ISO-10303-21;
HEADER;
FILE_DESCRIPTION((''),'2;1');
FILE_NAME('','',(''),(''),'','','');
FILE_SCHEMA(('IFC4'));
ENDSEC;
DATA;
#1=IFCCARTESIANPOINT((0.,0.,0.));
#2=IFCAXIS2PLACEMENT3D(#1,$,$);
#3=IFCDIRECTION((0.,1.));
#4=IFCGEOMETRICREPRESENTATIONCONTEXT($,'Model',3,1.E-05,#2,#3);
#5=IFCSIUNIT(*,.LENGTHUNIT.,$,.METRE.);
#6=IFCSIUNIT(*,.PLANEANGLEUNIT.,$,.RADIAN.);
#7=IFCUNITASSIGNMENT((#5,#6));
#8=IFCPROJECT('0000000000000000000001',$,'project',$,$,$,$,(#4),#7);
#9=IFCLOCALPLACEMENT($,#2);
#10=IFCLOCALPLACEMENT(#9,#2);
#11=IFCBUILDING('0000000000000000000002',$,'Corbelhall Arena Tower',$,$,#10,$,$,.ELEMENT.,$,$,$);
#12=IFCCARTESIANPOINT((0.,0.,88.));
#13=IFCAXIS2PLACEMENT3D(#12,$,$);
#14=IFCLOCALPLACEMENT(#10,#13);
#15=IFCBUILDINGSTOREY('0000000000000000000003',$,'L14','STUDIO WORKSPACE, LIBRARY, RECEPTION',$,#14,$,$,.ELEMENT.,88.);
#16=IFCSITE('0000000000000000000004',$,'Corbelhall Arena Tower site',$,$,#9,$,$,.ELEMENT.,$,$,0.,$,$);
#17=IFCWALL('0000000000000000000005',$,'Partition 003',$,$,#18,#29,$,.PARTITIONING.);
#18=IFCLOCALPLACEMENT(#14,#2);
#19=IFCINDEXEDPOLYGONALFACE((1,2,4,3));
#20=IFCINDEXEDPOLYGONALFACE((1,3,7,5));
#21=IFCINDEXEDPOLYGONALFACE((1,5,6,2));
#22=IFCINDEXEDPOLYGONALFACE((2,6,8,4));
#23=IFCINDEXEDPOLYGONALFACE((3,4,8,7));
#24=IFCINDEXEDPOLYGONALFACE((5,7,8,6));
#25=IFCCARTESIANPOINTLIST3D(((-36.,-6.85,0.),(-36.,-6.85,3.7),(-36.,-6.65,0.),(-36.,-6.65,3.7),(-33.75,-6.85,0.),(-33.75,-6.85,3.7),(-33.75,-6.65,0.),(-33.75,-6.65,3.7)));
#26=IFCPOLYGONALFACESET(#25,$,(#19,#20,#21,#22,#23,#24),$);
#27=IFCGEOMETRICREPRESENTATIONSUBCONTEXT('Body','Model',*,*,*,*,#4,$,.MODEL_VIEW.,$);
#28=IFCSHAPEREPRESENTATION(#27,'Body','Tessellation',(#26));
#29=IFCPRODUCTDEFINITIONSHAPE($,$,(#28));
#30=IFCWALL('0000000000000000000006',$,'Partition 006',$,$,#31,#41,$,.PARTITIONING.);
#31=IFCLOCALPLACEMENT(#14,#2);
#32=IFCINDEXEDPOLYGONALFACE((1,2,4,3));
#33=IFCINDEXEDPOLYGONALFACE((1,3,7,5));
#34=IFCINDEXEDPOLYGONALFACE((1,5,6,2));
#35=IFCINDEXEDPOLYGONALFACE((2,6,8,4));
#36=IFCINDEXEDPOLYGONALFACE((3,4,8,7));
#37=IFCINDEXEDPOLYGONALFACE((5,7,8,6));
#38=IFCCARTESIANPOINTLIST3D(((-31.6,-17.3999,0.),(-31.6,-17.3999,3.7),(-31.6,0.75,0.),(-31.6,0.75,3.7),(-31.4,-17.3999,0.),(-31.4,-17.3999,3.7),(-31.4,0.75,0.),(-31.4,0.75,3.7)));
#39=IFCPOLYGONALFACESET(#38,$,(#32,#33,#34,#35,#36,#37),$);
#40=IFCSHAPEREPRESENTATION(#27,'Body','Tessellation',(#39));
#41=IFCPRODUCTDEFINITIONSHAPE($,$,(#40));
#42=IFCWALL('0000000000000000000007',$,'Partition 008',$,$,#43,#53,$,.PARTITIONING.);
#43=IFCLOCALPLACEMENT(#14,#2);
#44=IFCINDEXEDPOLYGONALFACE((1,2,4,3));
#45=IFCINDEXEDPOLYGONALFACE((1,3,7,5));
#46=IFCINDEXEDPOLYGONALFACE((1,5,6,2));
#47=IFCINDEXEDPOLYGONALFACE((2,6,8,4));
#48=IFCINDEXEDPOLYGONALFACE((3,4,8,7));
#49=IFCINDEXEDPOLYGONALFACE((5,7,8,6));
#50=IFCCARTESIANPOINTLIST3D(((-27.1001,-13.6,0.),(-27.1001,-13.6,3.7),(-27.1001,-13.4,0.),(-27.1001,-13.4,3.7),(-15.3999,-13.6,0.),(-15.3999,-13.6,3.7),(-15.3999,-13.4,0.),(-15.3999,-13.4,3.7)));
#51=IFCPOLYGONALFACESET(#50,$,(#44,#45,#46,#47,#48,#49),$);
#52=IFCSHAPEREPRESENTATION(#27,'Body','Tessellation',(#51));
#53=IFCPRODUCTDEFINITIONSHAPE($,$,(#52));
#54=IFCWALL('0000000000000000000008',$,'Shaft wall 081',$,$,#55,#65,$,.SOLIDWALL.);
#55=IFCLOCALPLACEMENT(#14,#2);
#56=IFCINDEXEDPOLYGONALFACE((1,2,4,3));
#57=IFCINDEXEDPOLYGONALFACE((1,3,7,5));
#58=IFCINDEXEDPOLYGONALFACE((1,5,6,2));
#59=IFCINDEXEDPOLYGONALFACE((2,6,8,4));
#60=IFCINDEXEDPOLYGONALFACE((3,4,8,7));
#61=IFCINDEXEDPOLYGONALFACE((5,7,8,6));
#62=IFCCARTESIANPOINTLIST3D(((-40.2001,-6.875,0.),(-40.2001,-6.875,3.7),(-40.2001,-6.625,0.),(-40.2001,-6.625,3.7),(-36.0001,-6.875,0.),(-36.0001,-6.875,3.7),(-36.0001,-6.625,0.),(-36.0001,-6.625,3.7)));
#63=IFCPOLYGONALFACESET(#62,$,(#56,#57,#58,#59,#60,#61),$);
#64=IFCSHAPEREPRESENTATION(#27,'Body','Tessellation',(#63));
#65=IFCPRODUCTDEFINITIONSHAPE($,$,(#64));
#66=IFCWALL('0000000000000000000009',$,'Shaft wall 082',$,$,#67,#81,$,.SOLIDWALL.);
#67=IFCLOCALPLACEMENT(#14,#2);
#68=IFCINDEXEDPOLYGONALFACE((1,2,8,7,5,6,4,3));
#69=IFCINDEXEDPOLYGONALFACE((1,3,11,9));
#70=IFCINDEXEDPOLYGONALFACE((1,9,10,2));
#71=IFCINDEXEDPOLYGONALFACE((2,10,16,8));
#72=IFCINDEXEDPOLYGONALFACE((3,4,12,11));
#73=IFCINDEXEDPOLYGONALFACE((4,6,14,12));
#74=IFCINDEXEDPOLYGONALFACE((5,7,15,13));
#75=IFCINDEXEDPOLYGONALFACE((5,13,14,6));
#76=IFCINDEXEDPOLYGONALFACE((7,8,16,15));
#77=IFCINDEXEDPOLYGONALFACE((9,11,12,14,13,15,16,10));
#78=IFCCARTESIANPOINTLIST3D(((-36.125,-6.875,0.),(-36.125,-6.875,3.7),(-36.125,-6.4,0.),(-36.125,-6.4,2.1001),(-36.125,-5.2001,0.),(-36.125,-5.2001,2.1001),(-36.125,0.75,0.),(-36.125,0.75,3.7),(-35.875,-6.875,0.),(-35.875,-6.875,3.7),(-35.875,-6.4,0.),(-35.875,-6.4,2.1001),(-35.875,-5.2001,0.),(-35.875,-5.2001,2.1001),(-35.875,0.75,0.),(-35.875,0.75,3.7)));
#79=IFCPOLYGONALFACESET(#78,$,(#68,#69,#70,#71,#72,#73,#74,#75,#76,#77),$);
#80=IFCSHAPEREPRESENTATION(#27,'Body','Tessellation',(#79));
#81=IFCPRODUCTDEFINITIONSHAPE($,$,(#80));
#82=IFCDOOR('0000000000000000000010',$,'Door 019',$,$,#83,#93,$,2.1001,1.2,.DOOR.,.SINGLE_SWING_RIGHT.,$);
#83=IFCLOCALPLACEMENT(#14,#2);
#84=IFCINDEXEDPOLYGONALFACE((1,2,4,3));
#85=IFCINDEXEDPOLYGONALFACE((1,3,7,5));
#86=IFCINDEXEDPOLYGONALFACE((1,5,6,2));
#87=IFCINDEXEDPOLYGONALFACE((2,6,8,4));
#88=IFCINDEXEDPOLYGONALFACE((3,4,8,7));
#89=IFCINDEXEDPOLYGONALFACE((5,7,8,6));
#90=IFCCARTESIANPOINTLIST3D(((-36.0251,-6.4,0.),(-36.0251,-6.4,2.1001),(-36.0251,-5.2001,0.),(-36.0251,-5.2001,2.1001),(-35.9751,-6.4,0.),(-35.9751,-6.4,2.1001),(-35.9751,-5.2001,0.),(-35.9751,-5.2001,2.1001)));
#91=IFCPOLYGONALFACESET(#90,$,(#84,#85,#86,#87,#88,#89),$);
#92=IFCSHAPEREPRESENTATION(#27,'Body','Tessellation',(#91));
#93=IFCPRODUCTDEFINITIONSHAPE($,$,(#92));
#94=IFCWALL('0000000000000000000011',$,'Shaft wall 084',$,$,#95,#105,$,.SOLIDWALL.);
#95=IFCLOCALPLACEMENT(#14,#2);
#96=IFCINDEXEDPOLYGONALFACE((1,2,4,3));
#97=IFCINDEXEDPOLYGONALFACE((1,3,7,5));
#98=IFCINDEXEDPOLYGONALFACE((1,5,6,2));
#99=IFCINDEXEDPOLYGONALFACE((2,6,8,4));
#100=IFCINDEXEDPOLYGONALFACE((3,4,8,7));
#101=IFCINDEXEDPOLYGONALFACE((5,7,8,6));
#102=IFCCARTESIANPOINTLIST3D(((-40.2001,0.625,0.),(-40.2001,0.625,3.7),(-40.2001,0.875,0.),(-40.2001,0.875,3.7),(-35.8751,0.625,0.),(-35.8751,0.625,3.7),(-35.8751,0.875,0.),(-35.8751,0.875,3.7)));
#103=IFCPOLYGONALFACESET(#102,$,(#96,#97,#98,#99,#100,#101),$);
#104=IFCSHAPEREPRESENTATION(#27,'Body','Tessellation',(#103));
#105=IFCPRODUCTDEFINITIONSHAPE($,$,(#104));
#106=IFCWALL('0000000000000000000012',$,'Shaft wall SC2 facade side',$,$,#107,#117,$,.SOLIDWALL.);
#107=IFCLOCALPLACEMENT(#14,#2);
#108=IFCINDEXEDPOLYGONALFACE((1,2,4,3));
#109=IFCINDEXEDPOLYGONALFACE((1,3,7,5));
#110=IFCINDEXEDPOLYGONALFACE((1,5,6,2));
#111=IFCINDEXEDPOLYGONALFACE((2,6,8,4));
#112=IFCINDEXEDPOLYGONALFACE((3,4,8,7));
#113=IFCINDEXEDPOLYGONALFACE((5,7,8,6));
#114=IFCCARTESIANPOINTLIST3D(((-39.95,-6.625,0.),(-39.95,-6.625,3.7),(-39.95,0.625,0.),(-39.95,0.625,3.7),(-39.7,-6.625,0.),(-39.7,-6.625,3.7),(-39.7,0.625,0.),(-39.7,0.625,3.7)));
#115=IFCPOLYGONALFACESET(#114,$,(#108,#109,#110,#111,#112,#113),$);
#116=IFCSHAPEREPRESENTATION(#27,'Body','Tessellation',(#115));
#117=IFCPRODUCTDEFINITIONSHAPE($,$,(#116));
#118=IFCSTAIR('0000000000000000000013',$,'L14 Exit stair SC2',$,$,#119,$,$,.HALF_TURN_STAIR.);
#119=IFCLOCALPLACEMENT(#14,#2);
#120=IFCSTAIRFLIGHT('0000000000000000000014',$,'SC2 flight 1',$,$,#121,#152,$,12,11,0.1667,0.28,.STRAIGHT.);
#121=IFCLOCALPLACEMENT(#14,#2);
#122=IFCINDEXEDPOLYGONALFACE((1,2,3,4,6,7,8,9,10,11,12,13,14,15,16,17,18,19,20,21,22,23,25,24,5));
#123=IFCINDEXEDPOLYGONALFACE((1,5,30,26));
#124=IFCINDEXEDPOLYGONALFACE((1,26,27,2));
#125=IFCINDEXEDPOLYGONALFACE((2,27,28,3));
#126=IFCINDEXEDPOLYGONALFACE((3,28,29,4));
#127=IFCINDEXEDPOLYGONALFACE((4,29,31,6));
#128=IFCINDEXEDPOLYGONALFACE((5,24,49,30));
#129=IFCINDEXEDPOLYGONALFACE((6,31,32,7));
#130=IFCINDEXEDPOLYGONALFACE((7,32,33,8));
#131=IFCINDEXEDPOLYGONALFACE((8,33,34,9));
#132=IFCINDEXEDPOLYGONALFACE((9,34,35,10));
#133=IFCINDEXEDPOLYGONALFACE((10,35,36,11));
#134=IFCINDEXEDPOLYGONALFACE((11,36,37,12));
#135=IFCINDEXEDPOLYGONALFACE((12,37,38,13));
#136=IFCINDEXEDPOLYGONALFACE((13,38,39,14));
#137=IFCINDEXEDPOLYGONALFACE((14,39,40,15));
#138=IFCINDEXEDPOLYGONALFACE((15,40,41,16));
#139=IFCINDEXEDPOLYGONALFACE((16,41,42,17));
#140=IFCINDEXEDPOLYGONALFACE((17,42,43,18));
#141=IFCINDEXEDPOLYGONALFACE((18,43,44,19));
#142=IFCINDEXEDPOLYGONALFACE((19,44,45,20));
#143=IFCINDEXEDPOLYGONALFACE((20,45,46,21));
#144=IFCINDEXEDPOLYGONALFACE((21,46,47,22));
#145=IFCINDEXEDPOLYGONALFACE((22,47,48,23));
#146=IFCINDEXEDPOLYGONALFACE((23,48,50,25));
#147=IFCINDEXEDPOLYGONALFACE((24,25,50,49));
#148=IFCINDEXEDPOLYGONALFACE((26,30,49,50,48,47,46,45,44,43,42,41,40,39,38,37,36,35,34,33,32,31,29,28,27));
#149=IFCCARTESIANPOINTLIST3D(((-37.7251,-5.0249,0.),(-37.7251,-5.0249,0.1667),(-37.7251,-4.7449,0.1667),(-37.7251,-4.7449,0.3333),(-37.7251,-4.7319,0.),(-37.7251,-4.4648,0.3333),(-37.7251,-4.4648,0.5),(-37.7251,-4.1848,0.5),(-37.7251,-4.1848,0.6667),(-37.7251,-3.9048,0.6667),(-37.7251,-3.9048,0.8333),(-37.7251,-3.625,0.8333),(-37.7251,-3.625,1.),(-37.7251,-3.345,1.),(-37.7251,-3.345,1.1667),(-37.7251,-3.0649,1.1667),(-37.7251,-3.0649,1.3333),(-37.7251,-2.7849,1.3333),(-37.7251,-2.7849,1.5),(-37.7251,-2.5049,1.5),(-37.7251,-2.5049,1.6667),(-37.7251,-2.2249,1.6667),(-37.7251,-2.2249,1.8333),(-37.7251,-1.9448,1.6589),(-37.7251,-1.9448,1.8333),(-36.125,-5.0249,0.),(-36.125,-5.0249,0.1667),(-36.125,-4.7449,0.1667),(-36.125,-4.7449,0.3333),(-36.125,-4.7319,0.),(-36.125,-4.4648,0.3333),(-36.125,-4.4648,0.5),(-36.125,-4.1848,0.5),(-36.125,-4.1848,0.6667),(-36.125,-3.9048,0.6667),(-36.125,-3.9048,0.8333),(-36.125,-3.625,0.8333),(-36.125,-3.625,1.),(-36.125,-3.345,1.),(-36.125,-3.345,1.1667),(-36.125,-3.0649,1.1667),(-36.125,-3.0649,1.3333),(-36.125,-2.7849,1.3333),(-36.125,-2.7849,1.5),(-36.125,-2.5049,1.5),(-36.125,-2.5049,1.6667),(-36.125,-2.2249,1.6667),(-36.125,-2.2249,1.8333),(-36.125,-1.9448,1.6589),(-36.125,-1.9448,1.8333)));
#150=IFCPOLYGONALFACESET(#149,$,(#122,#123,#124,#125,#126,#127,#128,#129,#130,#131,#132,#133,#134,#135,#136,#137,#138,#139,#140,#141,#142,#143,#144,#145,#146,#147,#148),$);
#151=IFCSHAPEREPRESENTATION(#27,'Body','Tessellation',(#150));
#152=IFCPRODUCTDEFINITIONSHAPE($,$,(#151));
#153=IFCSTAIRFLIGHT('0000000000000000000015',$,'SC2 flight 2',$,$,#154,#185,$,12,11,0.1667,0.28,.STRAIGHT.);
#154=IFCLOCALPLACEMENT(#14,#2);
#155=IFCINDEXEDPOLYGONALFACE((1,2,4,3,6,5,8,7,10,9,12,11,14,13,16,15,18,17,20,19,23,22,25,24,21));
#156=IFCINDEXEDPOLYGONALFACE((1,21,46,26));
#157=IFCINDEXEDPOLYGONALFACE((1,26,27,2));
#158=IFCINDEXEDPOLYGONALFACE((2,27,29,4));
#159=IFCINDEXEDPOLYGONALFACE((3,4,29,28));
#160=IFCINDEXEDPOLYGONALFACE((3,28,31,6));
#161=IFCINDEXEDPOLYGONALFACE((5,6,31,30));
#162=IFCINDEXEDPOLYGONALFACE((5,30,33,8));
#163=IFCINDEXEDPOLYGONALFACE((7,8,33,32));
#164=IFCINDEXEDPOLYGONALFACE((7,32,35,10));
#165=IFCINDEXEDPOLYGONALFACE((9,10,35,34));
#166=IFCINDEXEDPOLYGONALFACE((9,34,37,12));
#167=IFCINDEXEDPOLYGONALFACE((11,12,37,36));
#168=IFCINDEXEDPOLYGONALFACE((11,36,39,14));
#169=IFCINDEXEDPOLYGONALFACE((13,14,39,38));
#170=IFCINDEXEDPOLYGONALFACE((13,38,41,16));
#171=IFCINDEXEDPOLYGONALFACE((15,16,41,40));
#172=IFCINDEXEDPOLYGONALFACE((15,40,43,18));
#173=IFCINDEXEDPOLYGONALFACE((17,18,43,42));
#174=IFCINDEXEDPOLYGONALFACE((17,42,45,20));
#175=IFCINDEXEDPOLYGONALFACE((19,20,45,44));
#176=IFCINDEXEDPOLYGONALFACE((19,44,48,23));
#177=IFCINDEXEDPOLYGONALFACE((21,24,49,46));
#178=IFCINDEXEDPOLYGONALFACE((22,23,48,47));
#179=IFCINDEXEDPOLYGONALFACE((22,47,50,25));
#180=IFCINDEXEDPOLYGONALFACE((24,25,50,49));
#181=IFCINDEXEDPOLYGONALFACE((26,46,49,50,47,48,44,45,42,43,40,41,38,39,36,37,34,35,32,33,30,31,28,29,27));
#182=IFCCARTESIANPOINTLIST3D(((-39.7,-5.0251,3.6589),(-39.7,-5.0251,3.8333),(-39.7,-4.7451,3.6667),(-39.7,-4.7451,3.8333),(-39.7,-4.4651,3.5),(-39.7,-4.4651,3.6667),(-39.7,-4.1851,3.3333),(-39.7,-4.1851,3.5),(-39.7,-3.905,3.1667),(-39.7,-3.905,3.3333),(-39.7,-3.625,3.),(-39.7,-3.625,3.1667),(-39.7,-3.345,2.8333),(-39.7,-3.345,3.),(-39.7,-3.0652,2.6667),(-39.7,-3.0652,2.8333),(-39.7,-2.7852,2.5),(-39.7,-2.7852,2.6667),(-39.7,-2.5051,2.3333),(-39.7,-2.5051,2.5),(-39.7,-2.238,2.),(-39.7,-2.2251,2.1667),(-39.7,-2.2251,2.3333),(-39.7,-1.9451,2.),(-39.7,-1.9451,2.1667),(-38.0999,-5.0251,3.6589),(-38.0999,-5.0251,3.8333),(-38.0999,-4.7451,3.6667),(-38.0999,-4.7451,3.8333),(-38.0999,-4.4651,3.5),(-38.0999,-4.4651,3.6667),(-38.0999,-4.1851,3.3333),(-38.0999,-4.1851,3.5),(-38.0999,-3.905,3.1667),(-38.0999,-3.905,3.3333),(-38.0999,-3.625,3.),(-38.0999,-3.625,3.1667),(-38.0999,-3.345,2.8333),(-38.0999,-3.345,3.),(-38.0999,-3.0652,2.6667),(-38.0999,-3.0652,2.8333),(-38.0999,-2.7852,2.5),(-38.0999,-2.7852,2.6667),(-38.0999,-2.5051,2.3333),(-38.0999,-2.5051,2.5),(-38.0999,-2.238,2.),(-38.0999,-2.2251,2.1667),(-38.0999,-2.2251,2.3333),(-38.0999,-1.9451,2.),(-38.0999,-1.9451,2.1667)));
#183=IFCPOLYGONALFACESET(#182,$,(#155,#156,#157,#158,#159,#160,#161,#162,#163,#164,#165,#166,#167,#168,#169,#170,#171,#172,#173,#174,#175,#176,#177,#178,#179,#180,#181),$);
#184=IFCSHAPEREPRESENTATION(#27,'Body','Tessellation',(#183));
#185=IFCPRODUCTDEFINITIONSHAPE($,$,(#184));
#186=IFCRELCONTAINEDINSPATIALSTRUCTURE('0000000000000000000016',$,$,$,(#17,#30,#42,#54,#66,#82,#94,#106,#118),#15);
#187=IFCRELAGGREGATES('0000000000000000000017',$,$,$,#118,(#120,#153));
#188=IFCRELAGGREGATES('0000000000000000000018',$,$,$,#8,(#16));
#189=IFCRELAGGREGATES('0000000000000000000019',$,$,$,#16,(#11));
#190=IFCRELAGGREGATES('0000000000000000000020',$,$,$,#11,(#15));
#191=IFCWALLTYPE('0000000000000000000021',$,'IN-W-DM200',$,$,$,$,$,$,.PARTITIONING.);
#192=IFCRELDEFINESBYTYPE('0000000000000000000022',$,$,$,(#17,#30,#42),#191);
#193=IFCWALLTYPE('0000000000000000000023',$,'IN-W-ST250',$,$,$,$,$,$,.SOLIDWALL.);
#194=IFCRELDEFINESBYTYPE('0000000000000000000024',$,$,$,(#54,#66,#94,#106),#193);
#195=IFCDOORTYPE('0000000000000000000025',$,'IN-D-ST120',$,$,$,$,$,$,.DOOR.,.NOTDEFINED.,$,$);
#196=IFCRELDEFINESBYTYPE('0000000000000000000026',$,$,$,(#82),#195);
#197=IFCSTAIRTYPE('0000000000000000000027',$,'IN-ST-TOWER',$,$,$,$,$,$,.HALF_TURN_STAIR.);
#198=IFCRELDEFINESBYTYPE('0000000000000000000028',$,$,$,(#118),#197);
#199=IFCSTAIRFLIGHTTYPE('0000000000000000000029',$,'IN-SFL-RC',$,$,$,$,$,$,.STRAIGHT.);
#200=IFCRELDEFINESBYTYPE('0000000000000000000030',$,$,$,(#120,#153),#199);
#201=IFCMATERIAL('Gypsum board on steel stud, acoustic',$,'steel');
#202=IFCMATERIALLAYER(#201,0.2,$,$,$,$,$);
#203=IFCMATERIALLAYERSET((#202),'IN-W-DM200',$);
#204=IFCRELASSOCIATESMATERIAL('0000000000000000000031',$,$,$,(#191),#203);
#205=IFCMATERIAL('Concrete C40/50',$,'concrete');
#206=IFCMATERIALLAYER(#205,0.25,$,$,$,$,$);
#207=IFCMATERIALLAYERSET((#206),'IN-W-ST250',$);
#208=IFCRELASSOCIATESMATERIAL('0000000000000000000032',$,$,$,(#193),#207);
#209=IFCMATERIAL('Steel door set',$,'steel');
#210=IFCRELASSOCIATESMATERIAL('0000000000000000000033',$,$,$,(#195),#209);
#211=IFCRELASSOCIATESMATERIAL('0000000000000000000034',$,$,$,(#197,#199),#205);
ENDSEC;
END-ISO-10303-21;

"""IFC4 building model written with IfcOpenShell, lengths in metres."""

from ifc_helpers import new_model, si_unit, direction, frame, frame_2d, origin, place, context, subcontext, project, spatial, polyline, rectangle, outline, extrude, material, layer, layer_set, type_object, element, fill, aggregate, save


model = new_model("IFC4")

# Units and contexts
model_context = context("Model", 3, precision=1e-05, world=origin(), true_north=direction((0.0, 1.0)))
body_context = subcontext(model_context, "Body", "Model", "MODEL_VIEW")
ifc_project = project(units=[si_unit("LENGTHUNIT", "METRE"), si_unit("PLANEANGLEUNIT", "RADIAN")], contexts=[model_context])

# Site, building, storey
site_placement = place(None, origin())
site = spatial("IfcSite", under=ifc_project, at=site_placement, Name="Corbelhall Arena Tower site", CompositionType="ELEMENT", RefElevation=0.0)
building_placement = place(site_placement, origin())
building = spatial("IfcBuilding", under=site, at=building_placement, Name="Corbelhall Arena Tower", CompositionType="ELEMENT")
storey_placement = place(building_placement, frame((0.0, 0.0, 88.0)))
storey = spatial("IfcBuildingStorey", under=building, at=storey_placement, Name="L14", Description="STUDIO WORKSPACE, LIBRARY, RECEPTION", CompositionType="ELEMENT", Elevation=88.0)

# Wall
ifc_material_1 = material(Name="Gypsum board on steel stud, acoustic", Category="steel")
ifc_layer_1 = layer(ifc_material_1, 0.2)
ifc_layer_set_1 = layer_set([ifc_layer_1], Name="IN-W-DM200")
wall_type_1 = type_object("IfcWallType", Name="IN-W-DM200", PredefinedType="PARTITIONING", material=ifc_layer_set_1)
wall_1_placement = place(storey_placement, frame((-33.75, -6.75, 0.0), z_axis=(0.0, 0.0, 1.0), x_axis=(-1.0, 0.0, 0.0)))
element("IfcWall", 1, at=wall_1_placement, inside=storey, type_object=wall_type_1, Name="Partition 003", PredefinedType="PARTITIONING", context=body_context, shape_type="SweptSolid", body=[
    extrude(rectangle(XDim=2.25, YDim=0.2, at=frame_2d((1.125, 0.0))), origin(), (0.0, 0.0, 1.0), 3.7),
])

# Shared definitions
ifc_material_2 = material(Name="Steel door set", Category="steel")

# Walls
wall_2_placement = place(storey_placement, frame((-31.5, 0.75, 0.0), z_axis=(0.0, 0.0, 1.0), x_axis=(0.0, -1.0, 0.0)))
element("IfcWall", 2, at=wall_2_placement, inside=storey, type_object=wall_type_1, Name="Partition 006", PredefinedType="PARTITIONING", context=body_context, shape_type="SweptSolid", body=[
    extrude(rectangle(XDim=18.1499, YDim=0.2, at=frame_2d((9.075, 0.0))), origin(), (0.0, 0.0, 1.0), 3.7),
])
wall_3_placement = place(storey_placement, frame((-27.1001, -13.5, 0.0), z_axis=(0.0, 0.0, 1.0), x_axis=(1.0, 0.0, 0.0)))
element("IfcWall", 3, at=wall_3_placement, inside=storey, type_object=wall_type_1, Name="Partition 008", PredefinedType="PARTITIONING", context=body_context, shape_type="SweptSolid", body=[
    extrude(rectangle(XDim=11.7002, YDim=0.2, at=frame_2d((5.8501, 0.0))), origin(), (0.0, 0.0, 1.0), 3.7),
])
ifc_material_3 = material(Name="Concrete C40/50", Category="concrete")
ifc_layer_2 = layer(ifc_material_3, 0.25)
ifc_layer_set_2 = layer_set([ifc_layer_2], Name="IN-W-ST250")
wall_type_2 = type_object("IfcWallType", Name="IN-W-ST250", PredefinedType="SOLIDWALL", material=ifc_layer_set_2)
wall_4_placement = place(storey_placement, frame((-36.0, -6.75, 0.0), z_axis=(0.0, 0.0, 1.0), x_axis=(-1.0, 0.0, 0.0)))
element("IfcWall", 4, at=wall_4_placement, inside=storey, type_object=wall_type_2, Name="Shaft wall 081", PredefinedType="SOLIDWALL", context=body_context, shape_type="SweptSolid", body=[
    extrude(rectangle(XDim=4.2, YDim=0.25, at=frame_2d((2.1001, 0.0))), origin(), (0.0, 0.0, 1.0), 3.7),
])

# Wall, opening, door
wall_5_placement = place(storey_placement, frame((-36.0, 0.75, 0.0), z_axis=(0.0, 0.0, 1.0), x_axis=(0.0, -1.0, 0.0)))
wall_5 = element("IfcWall", 5, at=wall_5_placement, inside=storey, type_object=wall_type_2, Name="Shaft wall 082", PredefinedType="SOLIDWALL", context=body_context, shape_type="SweptSolid", body=[
    extrude(rectangle(XDim=7.625, YDim=0.25, at=frame_2d((3.8125, 0.0))), origin(), (0.0, 0.0, 1.0), 3.7),
])
opening_1_placement = place(wall_5_placement, frame((5.95, 0.0, 0.0)))
opening_1 = element("IfcOpeningElement", 6, at=opening_1_placement, cuts=wall_5, PredefinedType="OPENING", context=body_context, shape_type="SweptSolid", body=[
    extrude(rectangle(XDim=1.2, YDim=2.1001, at=frame_2d((0.6001, 1.05))), frame((0.0, 0.125, 0.0), z_axis=(0.0, -1.0, 0.0), x_axis=(1.0, 0.0, 0.0)), (0.0, 0.0, 1.0), 0.25),
])
door_type_1 = type_object("IfcDoorType", Name="IN-D-ST120", OperationType="NOTDEFINED", PredefinedType="DOOR", material=ifc_material_2)
door_1_placement = place(opening_1_placement, origin())
door_1 = element("IfcDoor", 7, at=door_1_placement, inside=storey, type_object=door_type_1, Name="Door 019", OperationType="SINGLE_SWING_RIGHT", OverallHeight=2.1001, OverallWidth=1.2, PredefinedType="DOOR", context=body_context, shape_type="SweptSolid", body=[
    extrude(rectangle(XDim=1.2, YDim=2.1001, at=frame_2d((0.6001, 1.05))), frame((0.0, 0.0249, 0.0), z_axis=(0.0, -1.0, 0.0), x_axis=(1.0, 0.0, 0.0)), (0.0, 0.0, 1.0), 0.05),
])
fill(opening_1, door_1)

# Walls
wall_6_placement = place(storey_placement, frame((-35.875, 0.75, 0.0), z_axis=(0.0, 0.0, 1.0), x_axis=(-1.0, 0.0, 0.0)))
element("IfcWall", 8, at=wall_6_placement, inside=storey, type_object=wall_type_2, Name="Shaft wall 084", PredefinedType="SOLIDWALL", context=body_context, shape_type="SweptSolid", body=[
    extrude(rectangle(XDim=4.325, YDim=0.25, at=frame_2d((2.1626, 0.0))), origin(), (0.0, 0.0, 1.0), 3.7),
])
wall_7_placement = place(storey_placement, frame((-39.825, -6.625, 0.0), z_axis=(0.0, 0.0, 1.0), x_axis=(0.0, 1.0, 0.0)))
element("IfcWall", 9, at=wall_7_placement, inside=storey, type_object=wall_type_2, Name="Shaft wall SC2 facade side", PredefinedType="SOLIDWALL", context=body_context, shape_type="SweptSolid", body=[
    extrude(rectangle(XDim=7.25, YDim=0.25, at=frame_2d((3.625, 0.0))), origin(), (0.0, 0.0, 1.0), 3.7),
])

# Stair, stair flights
stair_type = type_object("IfcStairType", Name="IN-ST-TOWER", PredefinedType="HALF_TURN_STAIR", material=ifc_material_3)
stair_placement = place(storey_placement, origin())
stair = element("IfcStair", 10, at=stair_placement, inside=storey, type_object=stair_type, Name="L14 Exit stair SC2", PredefinedType="HALF_TURN_STAIR")
stair_flight_type = type_object("IfcStairFlightType", Name="IN-SFL-RC", PredefinedType="STRAIGHT", material=ifc_material_3)
stair_flight_1_placement = place(storey_placement, frame((-36.925, -5.0249, 0.0), z_axis=(0.0, 0.0, 1.0), x_axis=(0.0, 1.0, 0.0)))
stair_flight_1 = element("IfcStairFlight", 11, at=stair_flight_1_placement, type_object=stair_flight_type, Name="SC2 flight 1", NumberOfRisers=12, NumberOfTreads=11, PredefinedType="STRAIGHT", RiserHeight=0.1667, TreadLength=0.28, context=body_context, shape_type="SweptSolid", body=[
    extrude(outline(polyline([(0.0, 0.0), (0.0, 0.1667), (0.28, 0.1667), (0.28, 0.3333), (0.5601, 0.3333), (0.5601, 0.5), (0.8401, 0.5), (0.8401, 0.6667), (1.1201, 0.6667), (1.1201, 0.8333), (1.3999, 0.8333), (1.3999, 1.0), (1.6799, 1.0), (1.6799, 1.1667), (1.96, 1.1667), (1.96, 1.3333), (2.24, 1.3333), (2.24, 1.5), (2.52, 1.5), (2.52, 1.6667), (2.8, 1.6667), (2.8, 1.8333), (3.0801, 1.8333), (3.0801, 2.0), (3.0801, 1.6589), (0.293, 0.0), (0.0, 0.0)])), frame((0.0, 0.8, 0.0), z_axis=(0.0, -1.0, 0.0), x_axis=(1.0, 0.0, 0.0)), (0.0, 0.0, 1.0), 1.6001),
])
stair_flight_2_placement = place(storey_placement, frame((-38.8999, -1.9451, 2.0), z_axis=(0.0, 0.0, 1.0), x_axis=(0.0, -1.0, 0.0)))
stair_flight_2 = element("IfcStairFlight", 12, at=stair_flight_2_placement, type_object=stair_flight_type, Name="SC2 flight 2", NumberOfRisers=12, NumberOfTreads=11, PredefinedType="STRAIGHT", RiserHeight=0.1667, TreadLength=0.28, context=body_context, shape_type="SweptSolid", body=[
    extrude(outline(polyline([(0.0, 0.0), (0.0, 0.1667), (0.28, 0.1667), (0.28, 0.3333), (0.5601, 0.3333), (0.5601, 0.5), (0.8401, 0.5), (0.8401, 0.6667), (1.1201, 0.6667), (1.1201, 0.8333), (1.3999, 0.8333), (1.3999, 1.0), (1.6799, 1.0), (1.6799, 1.1667), (1.96, 1.1667), (1.96, 1.3333), (2.24, 1.3333), (2.24, 1.5), (2.52, 1.5), (2.52, 1.6667), (2.8, 1.6667), (2.8, 1.8333), (3.0801, 1.8333), (3.0801, 2.0), (3.0801, 1.6589), (0.293, 0.0), (0.0, 0.0)])), frame((0.0, 0.8, 0.0), z_axis=(0.0, -1.0, 0.0), x_axis=(1.0, 0.0, 0.0)), (0.0, 0.0, 1.0), 1.6001),
])
aggregate(stair, [stair_flight_1, stair_flight_2])

save(model, "model.ifc")
